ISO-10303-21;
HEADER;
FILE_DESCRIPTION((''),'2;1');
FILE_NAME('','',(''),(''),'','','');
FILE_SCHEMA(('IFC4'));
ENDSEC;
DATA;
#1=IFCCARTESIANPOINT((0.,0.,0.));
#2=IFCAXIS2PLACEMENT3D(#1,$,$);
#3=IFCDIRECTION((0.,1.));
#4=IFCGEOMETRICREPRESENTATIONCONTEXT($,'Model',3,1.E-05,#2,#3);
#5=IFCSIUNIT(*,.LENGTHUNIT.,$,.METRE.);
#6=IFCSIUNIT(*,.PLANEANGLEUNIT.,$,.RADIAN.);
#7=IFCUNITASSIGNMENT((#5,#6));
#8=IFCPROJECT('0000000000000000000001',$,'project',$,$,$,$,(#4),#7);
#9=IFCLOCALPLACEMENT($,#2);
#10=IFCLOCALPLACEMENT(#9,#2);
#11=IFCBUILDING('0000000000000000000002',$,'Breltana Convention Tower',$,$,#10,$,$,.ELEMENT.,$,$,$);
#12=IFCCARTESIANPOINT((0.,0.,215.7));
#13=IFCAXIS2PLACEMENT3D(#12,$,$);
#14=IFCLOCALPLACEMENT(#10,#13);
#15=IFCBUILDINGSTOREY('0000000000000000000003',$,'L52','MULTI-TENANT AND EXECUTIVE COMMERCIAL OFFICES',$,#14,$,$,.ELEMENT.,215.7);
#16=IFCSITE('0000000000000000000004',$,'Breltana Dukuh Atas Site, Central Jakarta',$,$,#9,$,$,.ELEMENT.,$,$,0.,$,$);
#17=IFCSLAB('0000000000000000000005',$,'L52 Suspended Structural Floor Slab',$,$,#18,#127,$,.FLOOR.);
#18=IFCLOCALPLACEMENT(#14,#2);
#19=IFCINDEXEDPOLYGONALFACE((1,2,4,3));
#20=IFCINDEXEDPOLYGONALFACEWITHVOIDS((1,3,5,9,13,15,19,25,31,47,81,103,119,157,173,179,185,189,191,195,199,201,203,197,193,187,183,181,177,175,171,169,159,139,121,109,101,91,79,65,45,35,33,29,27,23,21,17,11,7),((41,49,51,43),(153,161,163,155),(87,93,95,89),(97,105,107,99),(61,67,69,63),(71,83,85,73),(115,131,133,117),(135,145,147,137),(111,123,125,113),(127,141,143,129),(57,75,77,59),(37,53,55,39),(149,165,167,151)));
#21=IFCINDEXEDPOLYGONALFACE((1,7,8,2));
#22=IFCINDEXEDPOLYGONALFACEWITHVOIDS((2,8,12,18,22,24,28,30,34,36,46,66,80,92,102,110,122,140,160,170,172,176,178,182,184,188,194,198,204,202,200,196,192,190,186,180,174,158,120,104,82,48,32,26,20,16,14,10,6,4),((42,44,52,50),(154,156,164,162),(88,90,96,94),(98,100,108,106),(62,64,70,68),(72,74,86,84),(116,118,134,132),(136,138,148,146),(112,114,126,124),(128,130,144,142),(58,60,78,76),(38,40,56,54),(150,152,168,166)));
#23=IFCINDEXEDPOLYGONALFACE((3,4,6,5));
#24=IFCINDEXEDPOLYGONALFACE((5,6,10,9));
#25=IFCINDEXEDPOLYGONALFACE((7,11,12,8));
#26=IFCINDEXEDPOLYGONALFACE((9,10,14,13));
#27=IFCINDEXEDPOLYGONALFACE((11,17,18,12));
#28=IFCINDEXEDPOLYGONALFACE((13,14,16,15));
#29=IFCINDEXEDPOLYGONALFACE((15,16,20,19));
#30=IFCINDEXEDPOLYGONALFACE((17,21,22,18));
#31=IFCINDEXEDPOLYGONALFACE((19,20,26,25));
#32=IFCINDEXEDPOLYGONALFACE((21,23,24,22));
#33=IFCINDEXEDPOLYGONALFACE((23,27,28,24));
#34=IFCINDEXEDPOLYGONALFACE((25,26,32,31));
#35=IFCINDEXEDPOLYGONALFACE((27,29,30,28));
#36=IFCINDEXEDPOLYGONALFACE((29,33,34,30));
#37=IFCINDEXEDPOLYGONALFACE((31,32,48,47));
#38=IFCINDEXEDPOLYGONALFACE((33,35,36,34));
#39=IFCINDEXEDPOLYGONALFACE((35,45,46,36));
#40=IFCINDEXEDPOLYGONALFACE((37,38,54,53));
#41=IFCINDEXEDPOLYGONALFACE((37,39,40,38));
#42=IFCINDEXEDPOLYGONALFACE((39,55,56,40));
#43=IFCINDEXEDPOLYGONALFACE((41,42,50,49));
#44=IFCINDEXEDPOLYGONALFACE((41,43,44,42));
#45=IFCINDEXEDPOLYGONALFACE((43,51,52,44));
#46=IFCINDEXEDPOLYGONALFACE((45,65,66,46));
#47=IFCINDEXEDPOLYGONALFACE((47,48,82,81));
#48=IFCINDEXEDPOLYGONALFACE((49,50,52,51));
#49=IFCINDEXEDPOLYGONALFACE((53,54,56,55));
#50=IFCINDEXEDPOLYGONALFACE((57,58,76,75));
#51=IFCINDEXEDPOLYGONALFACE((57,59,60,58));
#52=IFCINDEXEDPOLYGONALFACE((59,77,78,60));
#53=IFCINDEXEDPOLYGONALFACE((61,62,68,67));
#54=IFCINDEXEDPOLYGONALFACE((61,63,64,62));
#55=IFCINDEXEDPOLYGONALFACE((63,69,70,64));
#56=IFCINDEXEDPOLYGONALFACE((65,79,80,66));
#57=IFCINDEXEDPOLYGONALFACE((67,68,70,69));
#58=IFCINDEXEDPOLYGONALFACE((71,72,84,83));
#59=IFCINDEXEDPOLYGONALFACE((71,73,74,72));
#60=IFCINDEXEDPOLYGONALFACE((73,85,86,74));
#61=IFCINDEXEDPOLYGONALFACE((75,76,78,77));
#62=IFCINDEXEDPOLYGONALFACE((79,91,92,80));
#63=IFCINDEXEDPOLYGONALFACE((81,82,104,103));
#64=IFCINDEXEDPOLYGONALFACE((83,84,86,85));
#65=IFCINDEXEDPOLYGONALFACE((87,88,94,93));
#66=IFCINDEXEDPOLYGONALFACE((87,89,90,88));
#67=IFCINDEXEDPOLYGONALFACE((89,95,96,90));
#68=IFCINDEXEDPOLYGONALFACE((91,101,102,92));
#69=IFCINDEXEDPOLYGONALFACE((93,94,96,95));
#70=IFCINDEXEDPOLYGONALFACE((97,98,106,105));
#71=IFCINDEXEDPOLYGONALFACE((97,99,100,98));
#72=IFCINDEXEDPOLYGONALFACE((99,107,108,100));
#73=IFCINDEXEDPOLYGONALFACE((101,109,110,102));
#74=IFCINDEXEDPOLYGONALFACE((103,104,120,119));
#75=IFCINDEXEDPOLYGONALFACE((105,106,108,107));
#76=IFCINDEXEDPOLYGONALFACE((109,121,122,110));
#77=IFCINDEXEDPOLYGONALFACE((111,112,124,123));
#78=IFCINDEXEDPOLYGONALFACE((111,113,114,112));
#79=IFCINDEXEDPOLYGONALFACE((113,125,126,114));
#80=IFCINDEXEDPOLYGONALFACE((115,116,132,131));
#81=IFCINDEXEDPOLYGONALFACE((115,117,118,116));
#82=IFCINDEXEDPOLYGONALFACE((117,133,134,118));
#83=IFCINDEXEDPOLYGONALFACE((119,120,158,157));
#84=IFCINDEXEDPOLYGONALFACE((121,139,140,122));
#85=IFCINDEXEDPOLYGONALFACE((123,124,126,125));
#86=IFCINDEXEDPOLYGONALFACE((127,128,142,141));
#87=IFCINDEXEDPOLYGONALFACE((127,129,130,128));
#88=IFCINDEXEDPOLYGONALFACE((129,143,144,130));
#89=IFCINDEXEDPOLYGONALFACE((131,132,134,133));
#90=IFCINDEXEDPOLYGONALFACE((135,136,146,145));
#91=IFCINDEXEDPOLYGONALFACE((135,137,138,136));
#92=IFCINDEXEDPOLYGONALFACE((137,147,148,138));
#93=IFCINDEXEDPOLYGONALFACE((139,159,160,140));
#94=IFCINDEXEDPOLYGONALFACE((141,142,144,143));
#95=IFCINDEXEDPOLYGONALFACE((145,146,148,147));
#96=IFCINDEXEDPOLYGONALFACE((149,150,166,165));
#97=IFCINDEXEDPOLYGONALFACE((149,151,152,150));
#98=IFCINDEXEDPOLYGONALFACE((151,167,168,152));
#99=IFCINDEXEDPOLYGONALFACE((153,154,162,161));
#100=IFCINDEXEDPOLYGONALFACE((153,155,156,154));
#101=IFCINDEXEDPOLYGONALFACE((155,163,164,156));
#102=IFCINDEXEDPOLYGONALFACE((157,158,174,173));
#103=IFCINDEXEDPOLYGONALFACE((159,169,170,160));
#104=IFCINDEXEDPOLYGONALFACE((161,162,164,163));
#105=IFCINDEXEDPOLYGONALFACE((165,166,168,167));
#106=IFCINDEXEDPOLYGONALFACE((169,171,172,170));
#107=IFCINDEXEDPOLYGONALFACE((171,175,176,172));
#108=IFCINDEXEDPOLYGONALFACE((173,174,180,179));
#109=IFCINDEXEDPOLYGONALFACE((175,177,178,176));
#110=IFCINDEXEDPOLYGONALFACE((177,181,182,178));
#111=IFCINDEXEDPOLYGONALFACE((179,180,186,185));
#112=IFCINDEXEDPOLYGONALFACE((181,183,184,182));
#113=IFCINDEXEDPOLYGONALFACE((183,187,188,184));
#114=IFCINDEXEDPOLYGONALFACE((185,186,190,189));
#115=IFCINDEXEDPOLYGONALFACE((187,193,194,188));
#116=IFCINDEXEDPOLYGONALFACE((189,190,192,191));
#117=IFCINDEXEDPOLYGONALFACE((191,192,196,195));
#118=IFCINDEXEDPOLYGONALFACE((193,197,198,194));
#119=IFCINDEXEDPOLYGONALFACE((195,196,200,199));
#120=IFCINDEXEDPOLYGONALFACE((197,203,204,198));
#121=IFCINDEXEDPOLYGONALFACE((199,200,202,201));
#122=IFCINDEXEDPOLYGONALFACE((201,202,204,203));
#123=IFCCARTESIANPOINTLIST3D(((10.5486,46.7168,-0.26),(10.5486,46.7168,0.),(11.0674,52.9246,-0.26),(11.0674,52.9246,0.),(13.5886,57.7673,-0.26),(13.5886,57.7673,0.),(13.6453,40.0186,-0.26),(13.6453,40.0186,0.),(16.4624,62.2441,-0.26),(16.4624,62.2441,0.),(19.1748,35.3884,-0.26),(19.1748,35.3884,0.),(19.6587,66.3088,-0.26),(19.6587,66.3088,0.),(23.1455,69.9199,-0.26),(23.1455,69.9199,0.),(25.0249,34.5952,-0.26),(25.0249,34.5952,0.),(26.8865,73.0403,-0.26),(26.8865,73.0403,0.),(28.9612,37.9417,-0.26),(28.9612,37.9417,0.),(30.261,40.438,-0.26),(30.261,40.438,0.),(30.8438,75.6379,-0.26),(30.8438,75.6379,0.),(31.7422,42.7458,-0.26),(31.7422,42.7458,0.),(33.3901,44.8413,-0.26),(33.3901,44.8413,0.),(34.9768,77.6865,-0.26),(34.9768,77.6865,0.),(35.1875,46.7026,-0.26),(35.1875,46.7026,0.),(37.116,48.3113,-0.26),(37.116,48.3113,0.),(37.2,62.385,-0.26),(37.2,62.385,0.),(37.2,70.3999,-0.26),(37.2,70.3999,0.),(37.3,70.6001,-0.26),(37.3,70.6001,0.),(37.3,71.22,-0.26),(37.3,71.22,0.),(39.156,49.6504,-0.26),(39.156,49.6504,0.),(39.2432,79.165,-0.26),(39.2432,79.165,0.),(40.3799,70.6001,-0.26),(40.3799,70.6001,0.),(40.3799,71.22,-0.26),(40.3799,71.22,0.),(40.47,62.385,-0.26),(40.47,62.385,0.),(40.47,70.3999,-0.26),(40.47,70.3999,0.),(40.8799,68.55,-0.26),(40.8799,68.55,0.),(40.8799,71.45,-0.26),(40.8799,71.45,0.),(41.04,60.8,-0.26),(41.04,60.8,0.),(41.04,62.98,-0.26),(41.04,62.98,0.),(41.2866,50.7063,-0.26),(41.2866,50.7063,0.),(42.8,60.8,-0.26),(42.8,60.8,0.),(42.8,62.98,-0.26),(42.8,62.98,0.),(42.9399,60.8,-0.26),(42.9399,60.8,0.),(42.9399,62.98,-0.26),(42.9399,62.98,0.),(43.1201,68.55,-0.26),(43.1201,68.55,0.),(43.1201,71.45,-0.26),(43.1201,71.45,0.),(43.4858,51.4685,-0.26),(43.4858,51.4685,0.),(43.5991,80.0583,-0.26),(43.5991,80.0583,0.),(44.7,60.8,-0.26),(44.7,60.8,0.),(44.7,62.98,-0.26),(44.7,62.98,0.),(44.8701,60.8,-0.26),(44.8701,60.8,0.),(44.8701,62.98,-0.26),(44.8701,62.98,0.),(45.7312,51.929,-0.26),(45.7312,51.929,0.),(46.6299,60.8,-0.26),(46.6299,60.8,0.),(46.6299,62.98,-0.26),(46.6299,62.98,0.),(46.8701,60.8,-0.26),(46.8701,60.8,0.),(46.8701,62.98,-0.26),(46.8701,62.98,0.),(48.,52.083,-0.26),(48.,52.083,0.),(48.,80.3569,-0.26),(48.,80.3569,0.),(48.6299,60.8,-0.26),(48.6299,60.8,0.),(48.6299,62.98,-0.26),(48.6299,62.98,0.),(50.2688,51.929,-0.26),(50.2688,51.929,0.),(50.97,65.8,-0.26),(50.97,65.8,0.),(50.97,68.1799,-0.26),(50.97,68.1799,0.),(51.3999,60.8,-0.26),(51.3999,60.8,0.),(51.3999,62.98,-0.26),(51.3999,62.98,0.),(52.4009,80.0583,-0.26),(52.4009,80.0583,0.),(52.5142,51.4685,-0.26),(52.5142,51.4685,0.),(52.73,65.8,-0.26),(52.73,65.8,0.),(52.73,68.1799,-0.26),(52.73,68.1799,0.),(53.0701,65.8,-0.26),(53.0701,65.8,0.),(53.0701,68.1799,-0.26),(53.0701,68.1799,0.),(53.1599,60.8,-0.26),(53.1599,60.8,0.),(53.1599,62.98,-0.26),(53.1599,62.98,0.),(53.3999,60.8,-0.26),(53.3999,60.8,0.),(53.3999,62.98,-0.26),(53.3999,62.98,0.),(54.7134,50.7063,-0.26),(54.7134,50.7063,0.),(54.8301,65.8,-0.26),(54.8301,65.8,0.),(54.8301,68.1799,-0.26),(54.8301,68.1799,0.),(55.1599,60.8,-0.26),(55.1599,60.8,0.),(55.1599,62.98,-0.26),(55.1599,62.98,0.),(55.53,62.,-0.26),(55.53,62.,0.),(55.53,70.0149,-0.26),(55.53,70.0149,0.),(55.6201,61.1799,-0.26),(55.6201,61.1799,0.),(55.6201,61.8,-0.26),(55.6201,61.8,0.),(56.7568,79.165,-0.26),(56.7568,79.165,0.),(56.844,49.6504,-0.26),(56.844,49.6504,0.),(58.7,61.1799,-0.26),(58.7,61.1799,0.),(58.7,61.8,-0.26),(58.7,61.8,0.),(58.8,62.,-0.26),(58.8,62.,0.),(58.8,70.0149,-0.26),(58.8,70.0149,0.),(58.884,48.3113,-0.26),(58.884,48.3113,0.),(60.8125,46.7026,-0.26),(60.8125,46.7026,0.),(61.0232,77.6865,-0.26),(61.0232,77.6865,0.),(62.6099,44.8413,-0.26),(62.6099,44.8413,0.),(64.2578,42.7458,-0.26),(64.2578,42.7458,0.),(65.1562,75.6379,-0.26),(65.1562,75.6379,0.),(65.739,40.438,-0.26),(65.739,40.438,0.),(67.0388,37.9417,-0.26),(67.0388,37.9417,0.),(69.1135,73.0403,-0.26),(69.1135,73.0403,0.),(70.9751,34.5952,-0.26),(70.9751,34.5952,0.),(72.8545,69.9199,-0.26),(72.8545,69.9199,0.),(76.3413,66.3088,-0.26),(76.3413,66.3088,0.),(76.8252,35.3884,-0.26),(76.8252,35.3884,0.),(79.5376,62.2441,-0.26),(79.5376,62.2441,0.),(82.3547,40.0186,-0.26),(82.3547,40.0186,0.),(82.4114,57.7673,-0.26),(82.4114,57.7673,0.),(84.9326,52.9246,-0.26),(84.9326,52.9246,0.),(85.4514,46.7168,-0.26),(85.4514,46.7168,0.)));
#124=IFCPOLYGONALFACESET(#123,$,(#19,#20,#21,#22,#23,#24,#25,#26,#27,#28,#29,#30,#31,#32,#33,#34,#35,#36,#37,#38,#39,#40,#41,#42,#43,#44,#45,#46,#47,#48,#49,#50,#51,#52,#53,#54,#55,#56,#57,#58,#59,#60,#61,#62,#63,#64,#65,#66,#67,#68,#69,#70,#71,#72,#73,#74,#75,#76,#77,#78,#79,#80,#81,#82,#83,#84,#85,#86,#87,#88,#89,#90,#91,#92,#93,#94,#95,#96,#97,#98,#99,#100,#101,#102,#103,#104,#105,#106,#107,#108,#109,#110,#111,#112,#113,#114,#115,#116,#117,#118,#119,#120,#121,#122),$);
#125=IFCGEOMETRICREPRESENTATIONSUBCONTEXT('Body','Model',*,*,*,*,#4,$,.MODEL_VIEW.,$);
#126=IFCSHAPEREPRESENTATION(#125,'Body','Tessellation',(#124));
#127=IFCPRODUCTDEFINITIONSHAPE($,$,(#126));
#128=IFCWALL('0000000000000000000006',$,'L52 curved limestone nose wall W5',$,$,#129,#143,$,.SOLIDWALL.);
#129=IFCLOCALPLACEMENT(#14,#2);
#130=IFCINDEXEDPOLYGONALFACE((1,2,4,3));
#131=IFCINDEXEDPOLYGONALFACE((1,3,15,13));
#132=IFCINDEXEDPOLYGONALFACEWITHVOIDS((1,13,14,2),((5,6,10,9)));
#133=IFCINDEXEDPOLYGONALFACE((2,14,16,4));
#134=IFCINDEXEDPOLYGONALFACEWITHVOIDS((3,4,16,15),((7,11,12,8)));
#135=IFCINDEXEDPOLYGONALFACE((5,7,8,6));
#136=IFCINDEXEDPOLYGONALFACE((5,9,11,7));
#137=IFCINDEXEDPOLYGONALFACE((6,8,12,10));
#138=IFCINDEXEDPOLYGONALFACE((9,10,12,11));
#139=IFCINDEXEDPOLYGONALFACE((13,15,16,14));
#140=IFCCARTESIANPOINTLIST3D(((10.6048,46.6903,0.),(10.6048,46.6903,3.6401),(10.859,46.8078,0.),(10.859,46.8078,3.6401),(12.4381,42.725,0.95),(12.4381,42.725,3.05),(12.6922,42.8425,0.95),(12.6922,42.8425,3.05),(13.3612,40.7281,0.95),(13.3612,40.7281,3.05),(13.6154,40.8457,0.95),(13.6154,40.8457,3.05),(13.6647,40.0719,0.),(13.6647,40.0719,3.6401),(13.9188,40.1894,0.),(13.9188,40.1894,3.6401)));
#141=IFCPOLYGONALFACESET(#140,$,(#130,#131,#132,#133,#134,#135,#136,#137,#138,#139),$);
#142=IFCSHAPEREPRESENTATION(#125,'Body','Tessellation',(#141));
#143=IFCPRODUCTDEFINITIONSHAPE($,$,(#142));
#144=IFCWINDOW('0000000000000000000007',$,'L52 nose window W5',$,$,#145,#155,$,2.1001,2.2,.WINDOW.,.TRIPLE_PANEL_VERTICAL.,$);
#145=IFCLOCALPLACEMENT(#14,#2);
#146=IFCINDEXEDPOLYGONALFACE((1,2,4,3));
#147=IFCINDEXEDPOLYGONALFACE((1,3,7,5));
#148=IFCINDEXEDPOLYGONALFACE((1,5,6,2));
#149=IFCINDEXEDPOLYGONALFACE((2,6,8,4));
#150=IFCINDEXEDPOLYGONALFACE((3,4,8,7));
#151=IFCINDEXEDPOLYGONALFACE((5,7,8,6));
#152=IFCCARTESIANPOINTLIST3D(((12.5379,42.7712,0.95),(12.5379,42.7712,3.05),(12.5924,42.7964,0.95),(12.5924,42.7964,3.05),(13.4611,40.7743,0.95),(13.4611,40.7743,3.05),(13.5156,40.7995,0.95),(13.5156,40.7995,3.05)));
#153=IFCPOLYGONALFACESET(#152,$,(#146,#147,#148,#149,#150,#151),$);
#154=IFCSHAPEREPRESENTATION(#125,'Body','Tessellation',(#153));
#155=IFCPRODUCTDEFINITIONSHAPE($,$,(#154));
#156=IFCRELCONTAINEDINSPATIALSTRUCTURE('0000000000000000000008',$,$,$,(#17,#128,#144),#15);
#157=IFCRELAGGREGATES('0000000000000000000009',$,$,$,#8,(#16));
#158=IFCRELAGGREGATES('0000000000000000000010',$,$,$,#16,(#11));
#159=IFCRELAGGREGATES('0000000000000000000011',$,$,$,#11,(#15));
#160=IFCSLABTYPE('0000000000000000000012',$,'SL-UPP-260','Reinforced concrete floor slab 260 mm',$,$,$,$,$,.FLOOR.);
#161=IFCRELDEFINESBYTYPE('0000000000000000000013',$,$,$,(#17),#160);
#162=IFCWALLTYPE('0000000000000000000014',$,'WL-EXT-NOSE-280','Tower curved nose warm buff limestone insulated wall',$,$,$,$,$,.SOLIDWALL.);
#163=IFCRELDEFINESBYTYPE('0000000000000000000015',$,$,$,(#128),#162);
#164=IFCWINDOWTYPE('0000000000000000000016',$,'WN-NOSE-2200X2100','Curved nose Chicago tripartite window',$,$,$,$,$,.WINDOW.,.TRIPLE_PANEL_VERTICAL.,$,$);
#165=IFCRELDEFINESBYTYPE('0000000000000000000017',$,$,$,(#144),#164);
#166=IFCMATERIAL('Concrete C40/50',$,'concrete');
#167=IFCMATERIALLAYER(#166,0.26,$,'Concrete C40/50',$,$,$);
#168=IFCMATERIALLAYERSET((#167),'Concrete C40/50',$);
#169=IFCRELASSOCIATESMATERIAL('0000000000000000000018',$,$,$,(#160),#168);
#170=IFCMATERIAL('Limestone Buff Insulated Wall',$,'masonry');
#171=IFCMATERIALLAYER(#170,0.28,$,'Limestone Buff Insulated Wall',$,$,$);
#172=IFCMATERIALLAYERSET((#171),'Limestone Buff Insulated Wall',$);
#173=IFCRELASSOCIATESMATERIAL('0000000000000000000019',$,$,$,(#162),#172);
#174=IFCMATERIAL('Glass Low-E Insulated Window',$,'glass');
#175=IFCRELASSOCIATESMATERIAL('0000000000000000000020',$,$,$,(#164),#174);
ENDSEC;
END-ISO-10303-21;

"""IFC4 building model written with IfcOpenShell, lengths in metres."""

from ifc_helpers import new_model, si_unit, direction, frame, frame_2d, origin, place, context, subcontext, project, spatial, polyline, rectangle, outline, extrude, source, transform, mapped, material, layer, layer_set, type_object, type_shapes, element, fill, save


model = new_model("IFC4")

# Units and contexts
model_context = context("Model", 3, precision=1e-05, world=origin(), true_north=direction((0.0, 1.0)))
body_context = subcontext(model_context, "Body", "Model", "MODEL_VIEW")
ifc_project = project(units=[si_unit("LENGTHUNIT", "METRE"), si_unit("PLANEANGLEUNIT", "RADIAN")], contexts=[model_context])

# Site, building, storey
site_placement = place(None, origin())
site = spatial("IfcSite", under=ifc_project, at=site_placement, Name="Breltana Dukuh Atas Site, Central Jakarta", CompositionType="ELEMENT", RefElevation=0.0)
building_placement = place(site_placement, origin())
building = spatial("IfcBuilding", under=site, at=building_placement, Name="Breltana Convention Tower", CompositionType="ELEMENT")
storey_placement = place(building_placement, frame((0.0, 0.0, 215.7)))
storey = spatial("IfcBuildingStorey", under=building, at=storey_placement, Name="L52", Description="MULTI-TENANT AND EXECUTIVE COMMERCIAL OFFICES", CompositionType="ELEMENT", Elevation=215.7)

# Shared definitions
ifc_material_1 = material(Name="Concrete C40/50", Category="concrete")

# Slab
ifc_layer_1 = layer(ifc_material_1, 0.26, Name="Concrete C40/50")
ifc_layer_set_1 = layer_set([ifc_layer_1], Name="Concrete C40/50")
slab_type_1 = type_object("IfcSlabType", Name="SL-UPP-260", Description="Reinforced concrete floor slab 260 mm", PredefinedType="FLOOR", material=ifc_layer_set_1)
slab_1_placement = place(storey_placement, frame((0.0, 0.0, -0.26)))
element("IfcSlab", 1, at=slab_1_placement, inside=storey, type_object=slab_type_1, Name="L52 Suspended Structural Floor Slab", PredefinedType="FLOOR", context=body_context, shape_type="SweptSolid", body=[
    extrude(outline(polyline([(84.9326, 52.9246), (82.4114, 57.7673), (79.5376, 62.2441), (76.3413, 66.3088), (72.8545, 69.9199), (69.1135, 73.0403), (65.1562, 75.6379), (61.0232, 77.6865), (56.7568, 79.165), (52.4009, 80.0583), (48.0, 80.3569), (43.5991, 80.0583), (39.2432, 79.165), (34.9768, 77.6865), (30.8438, 75.6379), (26.8865, 73.0403), (23.1455, 69.9199), (19.6587, 66.3088), (16.4624, 62.2441), (13.5886, 57.7673), (11.0674, 52.9246), (10.5486, 46.7168), (13.6453, 40.0186), (19.1748, 35.3884), (25.0249, 34.5952), (28.9612, 37.9417), (30.261, 40.438), (31.7422, 42.7458), (33.3901, 44.8413), (35.1875, 46.7026), (37.116, 48.3113), (39.156, 49.6504), (41.2866, 50.7063), (43.4858, 51.4685), (45.7312, 51.929), (48.0, 52.083), (50.2688, 51.929), (52.5142, 51.4685), (54.7134, 50.7063), (56.844, 49.6504), (58.884, 48.3113), (60.8125, 46.7026), (62.6099, 44.8413), (64.2578, 42.7458), (65.739, 40.438), (67.0388, 37.9417), (70.9751, 34.5952), (76.8252, 35.3884), (82.3547, 40.0186), (85.4514, 46.7168), (84.9326, 52.9246)]), holes=[polyline([(37.2, 62.385), (40.47, 62.385), (40.47, 70.3999), (37.2, 70.3999), (37.2, 62.385)]), polyline([(55.53, 62.0), (58.8, 62.0), (58.8, 70.0149), (55.53, 70.0149), (55.53, 62.0)]), polyline([(41.04, 60.8), (42.8, 60.8), (42.8, 62.98), (41.04, 62.98), (41.04, 60.8)]), polyline([(42.9399, 60.8), (44.7, 60.8), (44.7, 62.98), (42.9399, 62.98), (42.9399, 60.8)]), polyline([(44.8701, 60.8), (46.6299, 60.8), (46.6299, 62.98), (44.8701, 62.98), (44.8701, 60.8)]), polyline([(46.8701, 60.8), (48.6299, 60.8), (48.6299, 62.98), (46.8701, 62.98), (46.8701, 60.8)]), polyline([(51.3999, 60.8), (53.1599, 60.8), (53.1599, 62.98), (51.3999, 62.98), (51.3999, 60.8)]), polyline([(53.3999, 60.8), (55.1599, 60.8), (55.1599, 62.98), (53.3999, 62.98), (53.3999, 60.8)]), polyline([(50.97, 65.8), (52.73, 65.8), (52.73, 68.1799), (50.97, 68.1799), (50.97, 65.8)]), polyline([(53.0701, 65.8), (54.8301, 65.8), (54.8301, 68.1799), (53.0701, 68.1799), (53.0701, 65.8)]), polyline([(40.8799, 68.55), (43.1201, 68.55), (43.1201, 71.45), (40.8799, 71.45), (40.8799, 68.55)]), polyline([(37.3, 70.6001), (40.3799, 70.6001), (40.3799, 71.22), (37.3, 71.22), (37.3, 70.6001)]), polyline([(55.6201, 61.1799), (58.7, 61.1799), (58.7, 61.8), (55.6201, 61.8), (55.6201, 61.1799)])]), origin(), (0.0, 0.0, 1.0), 0.26),
])

# Wall, opening, window
ifc_material_2 = material(Name="Limestone Buff Insulated Wall", Category="masonry")
ifc_layer_2 = layer(ifc_material_2, 0.28, Name="Limestone Buff Insulated Wall")
ifc_layer_set_2 = layer_set([ifc_layer_2], Name="Limestone Buff Insulated Wall")
wall_type_1 = type_object("IfcWallType", Name="WL-EXT-NOSE-280", Description="Tower curved nose warm buff limestone insulated wall", PredefinedType="SOLIDWALL", material=ifc_layer_set_2)
shared_shape_1 = source(origin(), body_context, "Body", "SweptSolid", [
    extrude(rectangle(XDim=7.2915, YDim=0.28, at=frame_2d((3.6458, 0.0))), origin(), (0.0, 0.0, 1.0), 3.6401),
])
wall_1_placement = place(storey_placement, frame((13.7917, 40.1306, 0.0), z_axis=(0.0, 0.0, 1.0), x_axis=(-0.419642, 0.90769, 0.0)))
wall_1 = element("IfcWall", 2, at=wall_1_placement, inside=storey, type_object=wall_type_1, Name="L52 curved limestone nose wall W5", PredefinedType="SOLIDWALL", context=body_context, shape_type="MappedRepresentation", body=[
    mapped(shared_shape_1, transform((0.0, 0.0, 0.0), scale=1.0)),
])
opening_1_placement = place(wall_1_placement, frame((0.7229, 0.0, 0.95)))
opening_1 = element("IfcOpeningElement", 3, at=opening_1_placement, cuts=wall_1, PredefinedType="OPENING", context=body_context, shape_type="SweptSolid", body=[
    extrude(rectangle(XDim=2.2, YDim=2.1001, at=frame_2d((1.1001, 1.05))), frame((0.0, 0.1499, 0.0), z_axis=(0.0, -1.0, 0.0), x_axis=(1.0, 0.0, 0.0)), (0.0, 0.0, 1.0), 0.3),
])
ifc_material_3 = material(Name="Glass Low-E Insulated Window", Category="glass")
window_type = type_object("IfcWindowType", Name="WN-NOSE-2200X2100", Description="Curved nose Chicago tripartite window", PartitioningType="TRIPLE_PANEL_VERTICAL", PredefinedType="WINDOW", material=ifc_material_3)
shared_shape_2 = source(origin(), body_context, "Body", "SweptSolid", [
    extrude(rectangle(XDim=2.2, YDim=2.1001, at=frame_2d((1.1001, 1.05))), frame((0.0, 0.03, 0.0), z_axis=(0.0, -1.0, 0.0), x_axis=(1.0, 0.0, 0.0)), (0.0, 0.0, 1.0), 0.0601),
])
type_shapes(window_type, [shared_shape_2])
window_1_placement = place(opening_1_placement, origin())
window_1 = element("IfcWindow", 4, at=window_1_placement, inside=storey, type_object=window_type, Name="L52 nose window W5", OverallHeight=2.1001, OverallWidth=2.2, PartitioningType="TRIPLE_PANEL_VERTICAL", PredefinedType="WINDOW", context=body_context, shape_type="MappedRepresentation", body=[
    mapped(shared_shape_2, transform((0.0, 0.0, 0.0), scale=1.0)),
])
fill(opening_1, window_1)

save(model, "model.ifc")
